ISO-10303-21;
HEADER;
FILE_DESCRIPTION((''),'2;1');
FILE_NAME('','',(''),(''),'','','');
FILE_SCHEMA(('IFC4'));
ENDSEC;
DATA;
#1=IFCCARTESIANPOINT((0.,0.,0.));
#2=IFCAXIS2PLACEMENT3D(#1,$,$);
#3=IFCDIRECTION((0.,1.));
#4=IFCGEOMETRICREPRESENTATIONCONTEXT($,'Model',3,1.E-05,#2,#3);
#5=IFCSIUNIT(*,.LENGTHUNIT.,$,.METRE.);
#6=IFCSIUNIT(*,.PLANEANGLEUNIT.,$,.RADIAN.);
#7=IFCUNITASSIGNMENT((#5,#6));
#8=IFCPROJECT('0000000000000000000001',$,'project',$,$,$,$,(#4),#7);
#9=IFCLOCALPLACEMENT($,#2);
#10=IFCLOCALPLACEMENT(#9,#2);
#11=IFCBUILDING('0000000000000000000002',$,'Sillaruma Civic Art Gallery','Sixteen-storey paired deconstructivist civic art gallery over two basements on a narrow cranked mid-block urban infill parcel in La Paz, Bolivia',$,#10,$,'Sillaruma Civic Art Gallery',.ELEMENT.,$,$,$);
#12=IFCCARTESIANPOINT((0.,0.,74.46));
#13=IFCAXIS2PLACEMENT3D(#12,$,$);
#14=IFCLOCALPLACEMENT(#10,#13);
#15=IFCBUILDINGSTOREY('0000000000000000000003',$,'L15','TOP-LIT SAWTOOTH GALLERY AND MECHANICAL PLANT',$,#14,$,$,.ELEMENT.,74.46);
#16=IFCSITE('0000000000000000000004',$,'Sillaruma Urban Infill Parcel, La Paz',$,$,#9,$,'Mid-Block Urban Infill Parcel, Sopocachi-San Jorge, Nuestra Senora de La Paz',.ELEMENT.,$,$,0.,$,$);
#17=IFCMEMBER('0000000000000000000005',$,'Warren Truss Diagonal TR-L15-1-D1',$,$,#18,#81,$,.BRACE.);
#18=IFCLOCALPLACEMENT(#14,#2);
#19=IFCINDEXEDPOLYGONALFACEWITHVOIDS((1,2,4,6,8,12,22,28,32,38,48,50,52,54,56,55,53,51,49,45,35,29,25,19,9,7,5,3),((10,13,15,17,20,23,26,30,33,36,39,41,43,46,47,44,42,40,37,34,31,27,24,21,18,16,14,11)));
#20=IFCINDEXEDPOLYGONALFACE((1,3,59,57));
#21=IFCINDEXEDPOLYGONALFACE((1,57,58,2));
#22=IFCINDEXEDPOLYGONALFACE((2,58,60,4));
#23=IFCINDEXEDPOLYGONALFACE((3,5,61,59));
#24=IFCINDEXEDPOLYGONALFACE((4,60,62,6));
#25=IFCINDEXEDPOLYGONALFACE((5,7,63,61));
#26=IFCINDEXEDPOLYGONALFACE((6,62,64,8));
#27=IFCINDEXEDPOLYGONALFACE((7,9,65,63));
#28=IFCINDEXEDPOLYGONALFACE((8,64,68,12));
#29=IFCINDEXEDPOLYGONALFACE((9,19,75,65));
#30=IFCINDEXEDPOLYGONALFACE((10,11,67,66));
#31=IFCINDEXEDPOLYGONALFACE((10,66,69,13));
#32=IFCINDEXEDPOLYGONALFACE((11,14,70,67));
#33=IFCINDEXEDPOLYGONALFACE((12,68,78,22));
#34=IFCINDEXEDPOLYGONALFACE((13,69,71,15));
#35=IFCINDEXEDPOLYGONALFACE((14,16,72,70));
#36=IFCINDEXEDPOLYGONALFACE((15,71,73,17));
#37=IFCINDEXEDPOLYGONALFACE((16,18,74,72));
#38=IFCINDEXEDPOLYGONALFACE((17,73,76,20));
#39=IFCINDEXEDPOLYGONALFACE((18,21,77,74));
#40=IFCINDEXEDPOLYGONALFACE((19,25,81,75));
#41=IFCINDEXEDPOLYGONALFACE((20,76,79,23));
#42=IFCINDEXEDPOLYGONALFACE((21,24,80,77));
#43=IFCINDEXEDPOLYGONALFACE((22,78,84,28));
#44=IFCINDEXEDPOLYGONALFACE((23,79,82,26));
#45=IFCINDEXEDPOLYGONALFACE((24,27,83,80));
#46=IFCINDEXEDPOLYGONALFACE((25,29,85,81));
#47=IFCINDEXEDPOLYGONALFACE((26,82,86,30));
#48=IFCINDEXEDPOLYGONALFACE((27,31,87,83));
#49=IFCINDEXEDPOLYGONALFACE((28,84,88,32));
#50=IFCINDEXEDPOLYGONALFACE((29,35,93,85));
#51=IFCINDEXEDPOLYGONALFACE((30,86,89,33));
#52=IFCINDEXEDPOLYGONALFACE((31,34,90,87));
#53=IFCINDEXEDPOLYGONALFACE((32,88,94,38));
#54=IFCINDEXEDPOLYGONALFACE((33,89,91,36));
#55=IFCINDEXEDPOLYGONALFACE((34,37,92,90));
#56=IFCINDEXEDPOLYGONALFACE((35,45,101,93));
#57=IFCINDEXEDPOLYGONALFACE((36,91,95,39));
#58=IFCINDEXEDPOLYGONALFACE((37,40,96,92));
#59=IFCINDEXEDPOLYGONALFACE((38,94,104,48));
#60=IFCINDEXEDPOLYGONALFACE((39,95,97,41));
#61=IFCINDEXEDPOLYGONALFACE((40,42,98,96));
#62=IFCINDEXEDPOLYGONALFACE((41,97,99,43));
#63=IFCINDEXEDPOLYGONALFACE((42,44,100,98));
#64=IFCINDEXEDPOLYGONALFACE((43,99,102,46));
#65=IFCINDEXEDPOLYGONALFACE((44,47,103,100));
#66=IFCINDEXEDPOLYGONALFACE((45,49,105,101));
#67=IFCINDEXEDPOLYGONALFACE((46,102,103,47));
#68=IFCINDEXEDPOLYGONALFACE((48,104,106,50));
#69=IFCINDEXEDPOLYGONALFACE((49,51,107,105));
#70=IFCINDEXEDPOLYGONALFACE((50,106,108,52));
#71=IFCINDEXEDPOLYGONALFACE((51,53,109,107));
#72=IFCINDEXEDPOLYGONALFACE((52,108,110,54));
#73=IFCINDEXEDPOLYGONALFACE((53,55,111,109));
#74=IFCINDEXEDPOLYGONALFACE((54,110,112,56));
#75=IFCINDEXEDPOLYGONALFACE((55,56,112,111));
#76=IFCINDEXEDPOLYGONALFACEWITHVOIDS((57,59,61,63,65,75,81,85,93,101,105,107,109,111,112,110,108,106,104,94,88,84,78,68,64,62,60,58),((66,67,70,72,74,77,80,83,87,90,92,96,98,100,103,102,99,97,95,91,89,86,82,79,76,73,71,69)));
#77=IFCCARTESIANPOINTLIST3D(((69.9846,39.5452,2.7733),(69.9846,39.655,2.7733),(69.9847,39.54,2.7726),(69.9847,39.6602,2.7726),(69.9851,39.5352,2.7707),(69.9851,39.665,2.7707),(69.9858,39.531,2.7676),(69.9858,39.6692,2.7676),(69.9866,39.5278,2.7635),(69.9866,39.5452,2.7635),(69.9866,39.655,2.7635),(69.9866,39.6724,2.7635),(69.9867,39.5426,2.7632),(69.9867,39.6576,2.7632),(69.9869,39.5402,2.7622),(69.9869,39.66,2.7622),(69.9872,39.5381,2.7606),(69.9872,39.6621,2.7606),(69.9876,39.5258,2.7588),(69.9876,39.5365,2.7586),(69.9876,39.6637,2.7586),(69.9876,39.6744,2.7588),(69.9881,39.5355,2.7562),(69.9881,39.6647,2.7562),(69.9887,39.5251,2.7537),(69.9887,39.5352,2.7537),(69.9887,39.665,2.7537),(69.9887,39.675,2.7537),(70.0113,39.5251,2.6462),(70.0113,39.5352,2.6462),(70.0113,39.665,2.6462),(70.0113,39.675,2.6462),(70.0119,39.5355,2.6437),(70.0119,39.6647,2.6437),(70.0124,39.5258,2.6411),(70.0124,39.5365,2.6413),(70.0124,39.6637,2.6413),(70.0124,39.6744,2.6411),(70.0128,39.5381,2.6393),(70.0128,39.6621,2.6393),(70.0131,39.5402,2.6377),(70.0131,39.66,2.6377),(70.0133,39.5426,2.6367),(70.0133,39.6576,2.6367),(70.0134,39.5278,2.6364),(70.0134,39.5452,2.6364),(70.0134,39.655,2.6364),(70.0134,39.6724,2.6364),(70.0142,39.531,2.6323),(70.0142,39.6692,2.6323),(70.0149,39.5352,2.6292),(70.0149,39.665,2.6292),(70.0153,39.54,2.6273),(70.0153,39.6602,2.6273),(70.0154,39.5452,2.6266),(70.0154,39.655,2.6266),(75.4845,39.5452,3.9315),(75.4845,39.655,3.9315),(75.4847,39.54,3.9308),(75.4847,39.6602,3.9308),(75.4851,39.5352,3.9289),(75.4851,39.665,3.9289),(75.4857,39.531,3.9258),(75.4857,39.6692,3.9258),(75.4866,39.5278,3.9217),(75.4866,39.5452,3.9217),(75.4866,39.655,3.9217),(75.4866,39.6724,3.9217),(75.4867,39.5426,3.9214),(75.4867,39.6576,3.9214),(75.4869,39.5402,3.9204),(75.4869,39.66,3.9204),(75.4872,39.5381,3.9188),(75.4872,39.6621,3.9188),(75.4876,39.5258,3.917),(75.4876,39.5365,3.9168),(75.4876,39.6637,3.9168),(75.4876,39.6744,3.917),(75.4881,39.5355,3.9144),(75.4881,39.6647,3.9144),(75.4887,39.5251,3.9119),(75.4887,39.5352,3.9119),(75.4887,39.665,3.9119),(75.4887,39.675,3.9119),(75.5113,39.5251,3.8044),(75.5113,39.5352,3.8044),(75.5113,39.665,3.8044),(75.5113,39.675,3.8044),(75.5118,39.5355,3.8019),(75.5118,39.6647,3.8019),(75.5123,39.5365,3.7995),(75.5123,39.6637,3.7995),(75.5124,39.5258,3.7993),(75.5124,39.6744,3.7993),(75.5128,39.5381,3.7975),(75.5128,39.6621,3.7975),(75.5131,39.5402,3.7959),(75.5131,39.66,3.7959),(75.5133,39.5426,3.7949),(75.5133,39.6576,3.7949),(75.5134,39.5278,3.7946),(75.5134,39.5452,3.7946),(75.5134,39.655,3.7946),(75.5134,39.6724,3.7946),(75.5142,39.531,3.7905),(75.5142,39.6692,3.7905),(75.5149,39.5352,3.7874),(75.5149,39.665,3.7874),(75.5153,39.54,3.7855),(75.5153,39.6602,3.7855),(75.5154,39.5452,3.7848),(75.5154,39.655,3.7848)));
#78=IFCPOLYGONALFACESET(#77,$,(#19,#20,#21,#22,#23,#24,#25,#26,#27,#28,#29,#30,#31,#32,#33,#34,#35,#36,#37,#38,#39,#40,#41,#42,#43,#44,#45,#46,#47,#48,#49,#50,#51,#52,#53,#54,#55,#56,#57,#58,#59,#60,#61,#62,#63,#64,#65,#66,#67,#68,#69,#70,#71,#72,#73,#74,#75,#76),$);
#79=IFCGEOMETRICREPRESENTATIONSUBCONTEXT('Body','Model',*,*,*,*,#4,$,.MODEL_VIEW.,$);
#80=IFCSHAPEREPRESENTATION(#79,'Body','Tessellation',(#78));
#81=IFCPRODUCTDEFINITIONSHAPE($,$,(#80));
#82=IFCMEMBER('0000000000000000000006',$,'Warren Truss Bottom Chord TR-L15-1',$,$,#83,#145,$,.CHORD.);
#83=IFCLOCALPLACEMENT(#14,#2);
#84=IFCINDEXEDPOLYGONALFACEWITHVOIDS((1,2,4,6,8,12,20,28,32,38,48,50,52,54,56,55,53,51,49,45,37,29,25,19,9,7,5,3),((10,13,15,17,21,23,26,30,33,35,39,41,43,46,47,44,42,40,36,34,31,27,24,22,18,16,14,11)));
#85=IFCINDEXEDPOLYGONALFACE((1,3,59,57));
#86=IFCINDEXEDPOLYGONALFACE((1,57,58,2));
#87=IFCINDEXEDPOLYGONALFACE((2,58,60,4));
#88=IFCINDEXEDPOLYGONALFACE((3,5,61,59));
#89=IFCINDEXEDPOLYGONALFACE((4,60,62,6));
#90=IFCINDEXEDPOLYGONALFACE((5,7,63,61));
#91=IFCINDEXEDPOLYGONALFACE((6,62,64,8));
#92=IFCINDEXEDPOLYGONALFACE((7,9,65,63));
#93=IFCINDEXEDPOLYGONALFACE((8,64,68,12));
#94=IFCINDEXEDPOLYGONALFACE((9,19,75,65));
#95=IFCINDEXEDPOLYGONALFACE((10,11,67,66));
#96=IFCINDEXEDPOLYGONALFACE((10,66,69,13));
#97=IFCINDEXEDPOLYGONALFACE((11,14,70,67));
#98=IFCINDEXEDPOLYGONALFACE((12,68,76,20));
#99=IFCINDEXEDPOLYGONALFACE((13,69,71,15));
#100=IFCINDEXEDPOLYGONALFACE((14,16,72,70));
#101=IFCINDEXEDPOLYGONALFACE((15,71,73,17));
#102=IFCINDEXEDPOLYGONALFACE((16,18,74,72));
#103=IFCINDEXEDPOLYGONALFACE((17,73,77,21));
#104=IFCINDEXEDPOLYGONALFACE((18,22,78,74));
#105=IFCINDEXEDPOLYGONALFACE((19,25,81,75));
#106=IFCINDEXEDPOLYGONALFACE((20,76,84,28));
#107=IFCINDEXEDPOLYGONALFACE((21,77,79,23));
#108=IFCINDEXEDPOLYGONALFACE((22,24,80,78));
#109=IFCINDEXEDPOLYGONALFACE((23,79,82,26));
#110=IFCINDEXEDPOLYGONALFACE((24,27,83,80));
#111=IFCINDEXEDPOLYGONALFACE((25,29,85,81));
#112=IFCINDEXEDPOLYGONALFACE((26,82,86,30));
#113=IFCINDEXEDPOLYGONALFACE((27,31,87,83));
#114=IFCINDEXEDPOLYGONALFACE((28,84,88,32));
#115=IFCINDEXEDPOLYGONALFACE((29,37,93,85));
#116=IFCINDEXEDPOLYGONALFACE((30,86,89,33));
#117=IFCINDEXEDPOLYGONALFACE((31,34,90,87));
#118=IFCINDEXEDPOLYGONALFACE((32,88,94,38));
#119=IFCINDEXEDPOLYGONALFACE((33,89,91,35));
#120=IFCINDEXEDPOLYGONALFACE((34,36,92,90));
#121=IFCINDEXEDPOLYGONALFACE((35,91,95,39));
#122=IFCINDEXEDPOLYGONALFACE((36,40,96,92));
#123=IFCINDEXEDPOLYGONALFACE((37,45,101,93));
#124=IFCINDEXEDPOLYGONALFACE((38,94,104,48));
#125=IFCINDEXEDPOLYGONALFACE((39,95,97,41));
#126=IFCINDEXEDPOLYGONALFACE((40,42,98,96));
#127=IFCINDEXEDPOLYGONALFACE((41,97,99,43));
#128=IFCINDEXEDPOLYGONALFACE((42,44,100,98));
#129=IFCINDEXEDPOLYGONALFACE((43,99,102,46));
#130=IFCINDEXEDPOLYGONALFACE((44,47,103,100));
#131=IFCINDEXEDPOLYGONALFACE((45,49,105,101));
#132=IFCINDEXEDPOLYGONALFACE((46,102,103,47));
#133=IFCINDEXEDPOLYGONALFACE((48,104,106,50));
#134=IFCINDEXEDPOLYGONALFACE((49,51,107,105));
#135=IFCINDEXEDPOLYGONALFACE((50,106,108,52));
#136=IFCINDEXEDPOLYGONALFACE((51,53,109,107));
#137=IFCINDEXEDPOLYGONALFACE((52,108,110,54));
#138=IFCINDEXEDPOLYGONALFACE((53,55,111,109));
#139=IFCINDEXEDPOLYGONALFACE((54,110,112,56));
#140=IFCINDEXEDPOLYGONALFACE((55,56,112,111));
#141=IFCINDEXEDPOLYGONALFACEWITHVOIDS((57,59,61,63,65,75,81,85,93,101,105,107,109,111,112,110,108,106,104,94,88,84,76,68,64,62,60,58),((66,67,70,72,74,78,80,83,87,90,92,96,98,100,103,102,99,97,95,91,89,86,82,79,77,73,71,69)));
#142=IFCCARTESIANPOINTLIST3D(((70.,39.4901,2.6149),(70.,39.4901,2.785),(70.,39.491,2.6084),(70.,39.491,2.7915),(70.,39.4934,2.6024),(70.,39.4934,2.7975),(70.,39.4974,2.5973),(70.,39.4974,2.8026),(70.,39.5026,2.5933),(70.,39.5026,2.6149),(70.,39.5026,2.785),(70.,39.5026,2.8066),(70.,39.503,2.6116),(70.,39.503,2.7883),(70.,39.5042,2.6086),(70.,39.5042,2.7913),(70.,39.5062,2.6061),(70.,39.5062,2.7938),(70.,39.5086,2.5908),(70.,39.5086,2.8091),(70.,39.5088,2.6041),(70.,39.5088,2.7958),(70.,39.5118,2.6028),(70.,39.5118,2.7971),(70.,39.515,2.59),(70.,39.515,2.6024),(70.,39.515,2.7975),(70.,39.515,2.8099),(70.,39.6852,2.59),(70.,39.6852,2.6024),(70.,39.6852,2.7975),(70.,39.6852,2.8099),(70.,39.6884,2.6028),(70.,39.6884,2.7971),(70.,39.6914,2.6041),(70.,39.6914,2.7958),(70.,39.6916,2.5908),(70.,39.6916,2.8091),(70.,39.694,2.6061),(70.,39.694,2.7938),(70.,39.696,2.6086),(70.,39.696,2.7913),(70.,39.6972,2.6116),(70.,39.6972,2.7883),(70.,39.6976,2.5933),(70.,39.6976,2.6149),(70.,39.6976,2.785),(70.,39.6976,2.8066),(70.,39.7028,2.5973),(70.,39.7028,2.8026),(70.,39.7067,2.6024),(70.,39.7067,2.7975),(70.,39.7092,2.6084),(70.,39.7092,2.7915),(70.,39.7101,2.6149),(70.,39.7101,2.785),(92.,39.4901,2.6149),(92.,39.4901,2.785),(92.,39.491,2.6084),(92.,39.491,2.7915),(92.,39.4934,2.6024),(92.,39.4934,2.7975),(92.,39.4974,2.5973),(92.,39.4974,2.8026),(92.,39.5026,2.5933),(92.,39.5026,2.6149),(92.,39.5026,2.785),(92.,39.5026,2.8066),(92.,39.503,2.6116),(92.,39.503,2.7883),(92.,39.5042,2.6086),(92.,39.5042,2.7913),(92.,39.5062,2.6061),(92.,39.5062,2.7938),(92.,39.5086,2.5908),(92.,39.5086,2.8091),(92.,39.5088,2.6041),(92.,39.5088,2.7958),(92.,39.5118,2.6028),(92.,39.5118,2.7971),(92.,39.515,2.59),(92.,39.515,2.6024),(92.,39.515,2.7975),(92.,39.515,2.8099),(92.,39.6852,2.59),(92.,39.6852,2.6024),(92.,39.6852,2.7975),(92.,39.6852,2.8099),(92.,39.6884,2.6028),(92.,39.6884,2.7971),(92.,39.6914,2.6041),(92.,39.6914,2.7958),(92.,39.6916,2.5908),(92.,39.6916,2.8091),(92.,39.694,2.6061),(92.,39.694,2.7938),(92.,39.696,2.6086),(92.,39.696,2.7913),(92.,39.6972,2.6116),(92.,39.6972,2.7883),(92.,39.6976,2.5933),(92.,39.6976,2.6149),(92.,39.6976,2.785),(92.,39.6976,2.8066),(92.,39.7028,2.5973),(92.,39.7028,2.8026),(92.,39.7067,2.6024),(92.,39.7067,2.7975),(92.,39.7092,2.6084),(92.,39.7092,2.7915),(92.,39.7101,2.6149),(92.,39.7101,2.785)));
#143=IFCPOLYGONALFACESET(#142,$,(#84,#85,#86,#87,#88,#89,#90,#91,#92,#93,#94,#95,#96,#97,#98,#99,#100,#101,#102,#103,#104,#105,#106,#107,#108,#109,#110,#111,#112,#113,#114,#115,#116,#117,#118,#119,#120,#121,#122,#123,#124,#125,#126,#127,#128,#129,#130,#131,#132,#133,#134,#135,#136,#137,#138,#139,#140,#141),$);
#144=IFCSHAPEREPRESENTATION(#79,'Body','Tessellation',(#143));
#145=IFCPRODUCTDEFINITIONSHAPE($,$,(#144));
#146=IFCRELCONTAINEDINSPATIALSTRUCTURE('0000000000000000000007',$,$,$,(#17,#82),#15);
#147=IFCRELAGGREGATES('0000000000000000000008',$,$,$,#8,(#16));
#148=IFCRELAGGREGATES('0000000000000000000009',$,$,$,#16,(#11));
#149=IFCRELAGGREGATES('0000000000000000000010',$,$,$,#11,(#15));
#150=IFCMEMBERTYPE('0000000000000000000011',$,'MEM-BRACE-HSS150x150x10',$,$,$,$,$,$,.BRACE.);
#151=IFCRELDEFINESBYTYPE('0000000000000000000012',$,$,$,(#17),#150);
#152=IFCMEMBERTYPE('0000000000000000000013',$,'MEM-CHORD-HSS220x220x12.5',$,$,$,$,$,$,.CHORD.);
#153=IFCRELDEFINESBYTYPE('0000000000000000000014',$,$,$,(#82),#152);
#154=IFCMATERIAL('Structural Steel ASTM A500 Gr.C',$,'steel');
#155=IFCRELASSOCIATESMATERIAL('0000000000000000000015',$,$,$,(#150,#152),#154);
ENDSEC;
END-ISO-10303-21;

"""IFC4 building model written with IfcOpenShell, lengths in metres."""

from ifc_helpers import new_model, si_unit, direction, frame, origin, origin_2d, place, context, subcontext, project, spatial, hollow_rectangle, extrude, material, material_profile, profile_set, type_object, element, save


model = new_model("IFC4")

# Units and contexts
model_context = context("Model", 3, precision=1e-05, world=origin(), true_north=direction((0.0, 1.0)))
body_context = subcontext(model_context, "Body", "Model", "MODEL_VIEW")
ifc_project = project(units=[si_unit("LENGTHUNIT", "METRE"), si_unit("PLANEANGLEUNIT", "RADIAN")], contexts=[model_context])

# Site, building, storey
site_placement = place(None, origin())
site = spatial("IfcSite", under=ifc_project, at=site_placement, Name="Sillaruma Urban Infill Parcel, La Paz", LongName="Mid-Block Urban Infill Parcel, Sopocachi-San Jorge, Nuestra Senora de La Paz", CompositionType="ELEMENT", RefElevation=0.0)
building_placement = place(site_placement, origin())
building = spatial("IfcBuilding", under=site, at=building_placement, Name="Sillaruma Civic Art Gallery", Description="Sixteen-storey paired deconstructivist civic art gallery over two basements on a narrow cranked mid-block urban infill parcel in La Paz, Bolivia", LongName="Sillaruma Civic Art Gallery", CompositionType="ELEMENT")
storey_placement = place(building_placement, frame((0.0, 0.0, 74.46)))
storey = spatial("IfcBuildingStorey", under=building, at=storey_placement, Name="L15", Description="TOP-LIT SAWTOOTH GALLERY AND MECHANICAL PLANT", CompositionType="ELEMENT", Elevation=74.46)

# Members
ifc_material_1 = material(Name="Structural Steel ASTM A500 Gr.C", Category="steel")
ifc_material_profile_1 = material_profile(ifc_material_1, hollow_rectangle(XDim=0.1499, YDim=0.1499, WallThickness=0.01, InnerFilletRadius=0.01, OuterFilletRadius=0.02, at=origin_2d()), Name="HSS150x150x10")
ifc_profile_set_1 = profile_set([ifc_material_profile_1], Name="Structural Steel ASTM A500 Gr.C")
member_type_1 = type_object("IfcMemberType", Name="MEM-BRACE-HSS150x150x10", PredefinedType="BRACE", material=ifc_profile_set_1)
member_1_placement = place(storey_placement, frame((70.0, 39.6001, 2.7), z_axis=(0.978539, 0.0, 0.206063), x_axis=(0.0, 1.0, 0.0)))
element("IfcMember", 1, at=member_1_placement, inside=storey, type_object=member_type_1, Name="Warren Truss Diagonal TR-L15-1-D1", PredefinedType="BRACE", context=body_context, shape_type="SweptSolid", body=[
    extrude(hollow_rectangle(XDim=0.1499, YDim=0.1499, WallThickness=0.01, InnerFilletRadius=0.01, OuterFilletRadius=0.02, at=origin_2d()), origin(), (0.0, 0.0, 1.0), 5.6206),
])
ifc_material_profile_2 = material_profile(ifc_material_1, hollow_rectangle(XDim=0.22, YDim=0.22, WallThickness=0.0125, InnerFilletRadius=0.0125, OuterFilletRadius=0.0249, at=origin_2d()), Name="HSS220x220x12.5")
ifc_profile_set_2 = profile_set([ifc_material_profile_2], Name="Structural Steel ASTM A500 Gr.C")
member_type_2 = type_object("IfcMemberType", Name="MEM-CHORD-HSS220x220x12.5", PredefinedType="CHORD", material=ifc_profile_set_2)
member_2_placement = place(storey_placement, frame((70.0, 39.6001, 2.7), z_axis=(1.0, 0.0, 0.0), x_axis=(0.0, 1.0, 0.0)))
element("IfcMember", 2, at=member_2_placement, inside=storey, type_object=member_type_2, Name="Warren Truss Bottom Chord TR-L15-1", PredefinedType="CHORD", context=body_context, shape_type="SweptSolid", body=[
    extrude(hollow_rectangle(XDim=0.22, YDim=0.22, WallThickness=0.0125, InnerFilletRadius=0.0125, OuterFilletRadius=0.0249, at=origin_2d()), origin(), (0.0, 0.0, 1.0), 22.0),
])

save(model, "model.ifc")
